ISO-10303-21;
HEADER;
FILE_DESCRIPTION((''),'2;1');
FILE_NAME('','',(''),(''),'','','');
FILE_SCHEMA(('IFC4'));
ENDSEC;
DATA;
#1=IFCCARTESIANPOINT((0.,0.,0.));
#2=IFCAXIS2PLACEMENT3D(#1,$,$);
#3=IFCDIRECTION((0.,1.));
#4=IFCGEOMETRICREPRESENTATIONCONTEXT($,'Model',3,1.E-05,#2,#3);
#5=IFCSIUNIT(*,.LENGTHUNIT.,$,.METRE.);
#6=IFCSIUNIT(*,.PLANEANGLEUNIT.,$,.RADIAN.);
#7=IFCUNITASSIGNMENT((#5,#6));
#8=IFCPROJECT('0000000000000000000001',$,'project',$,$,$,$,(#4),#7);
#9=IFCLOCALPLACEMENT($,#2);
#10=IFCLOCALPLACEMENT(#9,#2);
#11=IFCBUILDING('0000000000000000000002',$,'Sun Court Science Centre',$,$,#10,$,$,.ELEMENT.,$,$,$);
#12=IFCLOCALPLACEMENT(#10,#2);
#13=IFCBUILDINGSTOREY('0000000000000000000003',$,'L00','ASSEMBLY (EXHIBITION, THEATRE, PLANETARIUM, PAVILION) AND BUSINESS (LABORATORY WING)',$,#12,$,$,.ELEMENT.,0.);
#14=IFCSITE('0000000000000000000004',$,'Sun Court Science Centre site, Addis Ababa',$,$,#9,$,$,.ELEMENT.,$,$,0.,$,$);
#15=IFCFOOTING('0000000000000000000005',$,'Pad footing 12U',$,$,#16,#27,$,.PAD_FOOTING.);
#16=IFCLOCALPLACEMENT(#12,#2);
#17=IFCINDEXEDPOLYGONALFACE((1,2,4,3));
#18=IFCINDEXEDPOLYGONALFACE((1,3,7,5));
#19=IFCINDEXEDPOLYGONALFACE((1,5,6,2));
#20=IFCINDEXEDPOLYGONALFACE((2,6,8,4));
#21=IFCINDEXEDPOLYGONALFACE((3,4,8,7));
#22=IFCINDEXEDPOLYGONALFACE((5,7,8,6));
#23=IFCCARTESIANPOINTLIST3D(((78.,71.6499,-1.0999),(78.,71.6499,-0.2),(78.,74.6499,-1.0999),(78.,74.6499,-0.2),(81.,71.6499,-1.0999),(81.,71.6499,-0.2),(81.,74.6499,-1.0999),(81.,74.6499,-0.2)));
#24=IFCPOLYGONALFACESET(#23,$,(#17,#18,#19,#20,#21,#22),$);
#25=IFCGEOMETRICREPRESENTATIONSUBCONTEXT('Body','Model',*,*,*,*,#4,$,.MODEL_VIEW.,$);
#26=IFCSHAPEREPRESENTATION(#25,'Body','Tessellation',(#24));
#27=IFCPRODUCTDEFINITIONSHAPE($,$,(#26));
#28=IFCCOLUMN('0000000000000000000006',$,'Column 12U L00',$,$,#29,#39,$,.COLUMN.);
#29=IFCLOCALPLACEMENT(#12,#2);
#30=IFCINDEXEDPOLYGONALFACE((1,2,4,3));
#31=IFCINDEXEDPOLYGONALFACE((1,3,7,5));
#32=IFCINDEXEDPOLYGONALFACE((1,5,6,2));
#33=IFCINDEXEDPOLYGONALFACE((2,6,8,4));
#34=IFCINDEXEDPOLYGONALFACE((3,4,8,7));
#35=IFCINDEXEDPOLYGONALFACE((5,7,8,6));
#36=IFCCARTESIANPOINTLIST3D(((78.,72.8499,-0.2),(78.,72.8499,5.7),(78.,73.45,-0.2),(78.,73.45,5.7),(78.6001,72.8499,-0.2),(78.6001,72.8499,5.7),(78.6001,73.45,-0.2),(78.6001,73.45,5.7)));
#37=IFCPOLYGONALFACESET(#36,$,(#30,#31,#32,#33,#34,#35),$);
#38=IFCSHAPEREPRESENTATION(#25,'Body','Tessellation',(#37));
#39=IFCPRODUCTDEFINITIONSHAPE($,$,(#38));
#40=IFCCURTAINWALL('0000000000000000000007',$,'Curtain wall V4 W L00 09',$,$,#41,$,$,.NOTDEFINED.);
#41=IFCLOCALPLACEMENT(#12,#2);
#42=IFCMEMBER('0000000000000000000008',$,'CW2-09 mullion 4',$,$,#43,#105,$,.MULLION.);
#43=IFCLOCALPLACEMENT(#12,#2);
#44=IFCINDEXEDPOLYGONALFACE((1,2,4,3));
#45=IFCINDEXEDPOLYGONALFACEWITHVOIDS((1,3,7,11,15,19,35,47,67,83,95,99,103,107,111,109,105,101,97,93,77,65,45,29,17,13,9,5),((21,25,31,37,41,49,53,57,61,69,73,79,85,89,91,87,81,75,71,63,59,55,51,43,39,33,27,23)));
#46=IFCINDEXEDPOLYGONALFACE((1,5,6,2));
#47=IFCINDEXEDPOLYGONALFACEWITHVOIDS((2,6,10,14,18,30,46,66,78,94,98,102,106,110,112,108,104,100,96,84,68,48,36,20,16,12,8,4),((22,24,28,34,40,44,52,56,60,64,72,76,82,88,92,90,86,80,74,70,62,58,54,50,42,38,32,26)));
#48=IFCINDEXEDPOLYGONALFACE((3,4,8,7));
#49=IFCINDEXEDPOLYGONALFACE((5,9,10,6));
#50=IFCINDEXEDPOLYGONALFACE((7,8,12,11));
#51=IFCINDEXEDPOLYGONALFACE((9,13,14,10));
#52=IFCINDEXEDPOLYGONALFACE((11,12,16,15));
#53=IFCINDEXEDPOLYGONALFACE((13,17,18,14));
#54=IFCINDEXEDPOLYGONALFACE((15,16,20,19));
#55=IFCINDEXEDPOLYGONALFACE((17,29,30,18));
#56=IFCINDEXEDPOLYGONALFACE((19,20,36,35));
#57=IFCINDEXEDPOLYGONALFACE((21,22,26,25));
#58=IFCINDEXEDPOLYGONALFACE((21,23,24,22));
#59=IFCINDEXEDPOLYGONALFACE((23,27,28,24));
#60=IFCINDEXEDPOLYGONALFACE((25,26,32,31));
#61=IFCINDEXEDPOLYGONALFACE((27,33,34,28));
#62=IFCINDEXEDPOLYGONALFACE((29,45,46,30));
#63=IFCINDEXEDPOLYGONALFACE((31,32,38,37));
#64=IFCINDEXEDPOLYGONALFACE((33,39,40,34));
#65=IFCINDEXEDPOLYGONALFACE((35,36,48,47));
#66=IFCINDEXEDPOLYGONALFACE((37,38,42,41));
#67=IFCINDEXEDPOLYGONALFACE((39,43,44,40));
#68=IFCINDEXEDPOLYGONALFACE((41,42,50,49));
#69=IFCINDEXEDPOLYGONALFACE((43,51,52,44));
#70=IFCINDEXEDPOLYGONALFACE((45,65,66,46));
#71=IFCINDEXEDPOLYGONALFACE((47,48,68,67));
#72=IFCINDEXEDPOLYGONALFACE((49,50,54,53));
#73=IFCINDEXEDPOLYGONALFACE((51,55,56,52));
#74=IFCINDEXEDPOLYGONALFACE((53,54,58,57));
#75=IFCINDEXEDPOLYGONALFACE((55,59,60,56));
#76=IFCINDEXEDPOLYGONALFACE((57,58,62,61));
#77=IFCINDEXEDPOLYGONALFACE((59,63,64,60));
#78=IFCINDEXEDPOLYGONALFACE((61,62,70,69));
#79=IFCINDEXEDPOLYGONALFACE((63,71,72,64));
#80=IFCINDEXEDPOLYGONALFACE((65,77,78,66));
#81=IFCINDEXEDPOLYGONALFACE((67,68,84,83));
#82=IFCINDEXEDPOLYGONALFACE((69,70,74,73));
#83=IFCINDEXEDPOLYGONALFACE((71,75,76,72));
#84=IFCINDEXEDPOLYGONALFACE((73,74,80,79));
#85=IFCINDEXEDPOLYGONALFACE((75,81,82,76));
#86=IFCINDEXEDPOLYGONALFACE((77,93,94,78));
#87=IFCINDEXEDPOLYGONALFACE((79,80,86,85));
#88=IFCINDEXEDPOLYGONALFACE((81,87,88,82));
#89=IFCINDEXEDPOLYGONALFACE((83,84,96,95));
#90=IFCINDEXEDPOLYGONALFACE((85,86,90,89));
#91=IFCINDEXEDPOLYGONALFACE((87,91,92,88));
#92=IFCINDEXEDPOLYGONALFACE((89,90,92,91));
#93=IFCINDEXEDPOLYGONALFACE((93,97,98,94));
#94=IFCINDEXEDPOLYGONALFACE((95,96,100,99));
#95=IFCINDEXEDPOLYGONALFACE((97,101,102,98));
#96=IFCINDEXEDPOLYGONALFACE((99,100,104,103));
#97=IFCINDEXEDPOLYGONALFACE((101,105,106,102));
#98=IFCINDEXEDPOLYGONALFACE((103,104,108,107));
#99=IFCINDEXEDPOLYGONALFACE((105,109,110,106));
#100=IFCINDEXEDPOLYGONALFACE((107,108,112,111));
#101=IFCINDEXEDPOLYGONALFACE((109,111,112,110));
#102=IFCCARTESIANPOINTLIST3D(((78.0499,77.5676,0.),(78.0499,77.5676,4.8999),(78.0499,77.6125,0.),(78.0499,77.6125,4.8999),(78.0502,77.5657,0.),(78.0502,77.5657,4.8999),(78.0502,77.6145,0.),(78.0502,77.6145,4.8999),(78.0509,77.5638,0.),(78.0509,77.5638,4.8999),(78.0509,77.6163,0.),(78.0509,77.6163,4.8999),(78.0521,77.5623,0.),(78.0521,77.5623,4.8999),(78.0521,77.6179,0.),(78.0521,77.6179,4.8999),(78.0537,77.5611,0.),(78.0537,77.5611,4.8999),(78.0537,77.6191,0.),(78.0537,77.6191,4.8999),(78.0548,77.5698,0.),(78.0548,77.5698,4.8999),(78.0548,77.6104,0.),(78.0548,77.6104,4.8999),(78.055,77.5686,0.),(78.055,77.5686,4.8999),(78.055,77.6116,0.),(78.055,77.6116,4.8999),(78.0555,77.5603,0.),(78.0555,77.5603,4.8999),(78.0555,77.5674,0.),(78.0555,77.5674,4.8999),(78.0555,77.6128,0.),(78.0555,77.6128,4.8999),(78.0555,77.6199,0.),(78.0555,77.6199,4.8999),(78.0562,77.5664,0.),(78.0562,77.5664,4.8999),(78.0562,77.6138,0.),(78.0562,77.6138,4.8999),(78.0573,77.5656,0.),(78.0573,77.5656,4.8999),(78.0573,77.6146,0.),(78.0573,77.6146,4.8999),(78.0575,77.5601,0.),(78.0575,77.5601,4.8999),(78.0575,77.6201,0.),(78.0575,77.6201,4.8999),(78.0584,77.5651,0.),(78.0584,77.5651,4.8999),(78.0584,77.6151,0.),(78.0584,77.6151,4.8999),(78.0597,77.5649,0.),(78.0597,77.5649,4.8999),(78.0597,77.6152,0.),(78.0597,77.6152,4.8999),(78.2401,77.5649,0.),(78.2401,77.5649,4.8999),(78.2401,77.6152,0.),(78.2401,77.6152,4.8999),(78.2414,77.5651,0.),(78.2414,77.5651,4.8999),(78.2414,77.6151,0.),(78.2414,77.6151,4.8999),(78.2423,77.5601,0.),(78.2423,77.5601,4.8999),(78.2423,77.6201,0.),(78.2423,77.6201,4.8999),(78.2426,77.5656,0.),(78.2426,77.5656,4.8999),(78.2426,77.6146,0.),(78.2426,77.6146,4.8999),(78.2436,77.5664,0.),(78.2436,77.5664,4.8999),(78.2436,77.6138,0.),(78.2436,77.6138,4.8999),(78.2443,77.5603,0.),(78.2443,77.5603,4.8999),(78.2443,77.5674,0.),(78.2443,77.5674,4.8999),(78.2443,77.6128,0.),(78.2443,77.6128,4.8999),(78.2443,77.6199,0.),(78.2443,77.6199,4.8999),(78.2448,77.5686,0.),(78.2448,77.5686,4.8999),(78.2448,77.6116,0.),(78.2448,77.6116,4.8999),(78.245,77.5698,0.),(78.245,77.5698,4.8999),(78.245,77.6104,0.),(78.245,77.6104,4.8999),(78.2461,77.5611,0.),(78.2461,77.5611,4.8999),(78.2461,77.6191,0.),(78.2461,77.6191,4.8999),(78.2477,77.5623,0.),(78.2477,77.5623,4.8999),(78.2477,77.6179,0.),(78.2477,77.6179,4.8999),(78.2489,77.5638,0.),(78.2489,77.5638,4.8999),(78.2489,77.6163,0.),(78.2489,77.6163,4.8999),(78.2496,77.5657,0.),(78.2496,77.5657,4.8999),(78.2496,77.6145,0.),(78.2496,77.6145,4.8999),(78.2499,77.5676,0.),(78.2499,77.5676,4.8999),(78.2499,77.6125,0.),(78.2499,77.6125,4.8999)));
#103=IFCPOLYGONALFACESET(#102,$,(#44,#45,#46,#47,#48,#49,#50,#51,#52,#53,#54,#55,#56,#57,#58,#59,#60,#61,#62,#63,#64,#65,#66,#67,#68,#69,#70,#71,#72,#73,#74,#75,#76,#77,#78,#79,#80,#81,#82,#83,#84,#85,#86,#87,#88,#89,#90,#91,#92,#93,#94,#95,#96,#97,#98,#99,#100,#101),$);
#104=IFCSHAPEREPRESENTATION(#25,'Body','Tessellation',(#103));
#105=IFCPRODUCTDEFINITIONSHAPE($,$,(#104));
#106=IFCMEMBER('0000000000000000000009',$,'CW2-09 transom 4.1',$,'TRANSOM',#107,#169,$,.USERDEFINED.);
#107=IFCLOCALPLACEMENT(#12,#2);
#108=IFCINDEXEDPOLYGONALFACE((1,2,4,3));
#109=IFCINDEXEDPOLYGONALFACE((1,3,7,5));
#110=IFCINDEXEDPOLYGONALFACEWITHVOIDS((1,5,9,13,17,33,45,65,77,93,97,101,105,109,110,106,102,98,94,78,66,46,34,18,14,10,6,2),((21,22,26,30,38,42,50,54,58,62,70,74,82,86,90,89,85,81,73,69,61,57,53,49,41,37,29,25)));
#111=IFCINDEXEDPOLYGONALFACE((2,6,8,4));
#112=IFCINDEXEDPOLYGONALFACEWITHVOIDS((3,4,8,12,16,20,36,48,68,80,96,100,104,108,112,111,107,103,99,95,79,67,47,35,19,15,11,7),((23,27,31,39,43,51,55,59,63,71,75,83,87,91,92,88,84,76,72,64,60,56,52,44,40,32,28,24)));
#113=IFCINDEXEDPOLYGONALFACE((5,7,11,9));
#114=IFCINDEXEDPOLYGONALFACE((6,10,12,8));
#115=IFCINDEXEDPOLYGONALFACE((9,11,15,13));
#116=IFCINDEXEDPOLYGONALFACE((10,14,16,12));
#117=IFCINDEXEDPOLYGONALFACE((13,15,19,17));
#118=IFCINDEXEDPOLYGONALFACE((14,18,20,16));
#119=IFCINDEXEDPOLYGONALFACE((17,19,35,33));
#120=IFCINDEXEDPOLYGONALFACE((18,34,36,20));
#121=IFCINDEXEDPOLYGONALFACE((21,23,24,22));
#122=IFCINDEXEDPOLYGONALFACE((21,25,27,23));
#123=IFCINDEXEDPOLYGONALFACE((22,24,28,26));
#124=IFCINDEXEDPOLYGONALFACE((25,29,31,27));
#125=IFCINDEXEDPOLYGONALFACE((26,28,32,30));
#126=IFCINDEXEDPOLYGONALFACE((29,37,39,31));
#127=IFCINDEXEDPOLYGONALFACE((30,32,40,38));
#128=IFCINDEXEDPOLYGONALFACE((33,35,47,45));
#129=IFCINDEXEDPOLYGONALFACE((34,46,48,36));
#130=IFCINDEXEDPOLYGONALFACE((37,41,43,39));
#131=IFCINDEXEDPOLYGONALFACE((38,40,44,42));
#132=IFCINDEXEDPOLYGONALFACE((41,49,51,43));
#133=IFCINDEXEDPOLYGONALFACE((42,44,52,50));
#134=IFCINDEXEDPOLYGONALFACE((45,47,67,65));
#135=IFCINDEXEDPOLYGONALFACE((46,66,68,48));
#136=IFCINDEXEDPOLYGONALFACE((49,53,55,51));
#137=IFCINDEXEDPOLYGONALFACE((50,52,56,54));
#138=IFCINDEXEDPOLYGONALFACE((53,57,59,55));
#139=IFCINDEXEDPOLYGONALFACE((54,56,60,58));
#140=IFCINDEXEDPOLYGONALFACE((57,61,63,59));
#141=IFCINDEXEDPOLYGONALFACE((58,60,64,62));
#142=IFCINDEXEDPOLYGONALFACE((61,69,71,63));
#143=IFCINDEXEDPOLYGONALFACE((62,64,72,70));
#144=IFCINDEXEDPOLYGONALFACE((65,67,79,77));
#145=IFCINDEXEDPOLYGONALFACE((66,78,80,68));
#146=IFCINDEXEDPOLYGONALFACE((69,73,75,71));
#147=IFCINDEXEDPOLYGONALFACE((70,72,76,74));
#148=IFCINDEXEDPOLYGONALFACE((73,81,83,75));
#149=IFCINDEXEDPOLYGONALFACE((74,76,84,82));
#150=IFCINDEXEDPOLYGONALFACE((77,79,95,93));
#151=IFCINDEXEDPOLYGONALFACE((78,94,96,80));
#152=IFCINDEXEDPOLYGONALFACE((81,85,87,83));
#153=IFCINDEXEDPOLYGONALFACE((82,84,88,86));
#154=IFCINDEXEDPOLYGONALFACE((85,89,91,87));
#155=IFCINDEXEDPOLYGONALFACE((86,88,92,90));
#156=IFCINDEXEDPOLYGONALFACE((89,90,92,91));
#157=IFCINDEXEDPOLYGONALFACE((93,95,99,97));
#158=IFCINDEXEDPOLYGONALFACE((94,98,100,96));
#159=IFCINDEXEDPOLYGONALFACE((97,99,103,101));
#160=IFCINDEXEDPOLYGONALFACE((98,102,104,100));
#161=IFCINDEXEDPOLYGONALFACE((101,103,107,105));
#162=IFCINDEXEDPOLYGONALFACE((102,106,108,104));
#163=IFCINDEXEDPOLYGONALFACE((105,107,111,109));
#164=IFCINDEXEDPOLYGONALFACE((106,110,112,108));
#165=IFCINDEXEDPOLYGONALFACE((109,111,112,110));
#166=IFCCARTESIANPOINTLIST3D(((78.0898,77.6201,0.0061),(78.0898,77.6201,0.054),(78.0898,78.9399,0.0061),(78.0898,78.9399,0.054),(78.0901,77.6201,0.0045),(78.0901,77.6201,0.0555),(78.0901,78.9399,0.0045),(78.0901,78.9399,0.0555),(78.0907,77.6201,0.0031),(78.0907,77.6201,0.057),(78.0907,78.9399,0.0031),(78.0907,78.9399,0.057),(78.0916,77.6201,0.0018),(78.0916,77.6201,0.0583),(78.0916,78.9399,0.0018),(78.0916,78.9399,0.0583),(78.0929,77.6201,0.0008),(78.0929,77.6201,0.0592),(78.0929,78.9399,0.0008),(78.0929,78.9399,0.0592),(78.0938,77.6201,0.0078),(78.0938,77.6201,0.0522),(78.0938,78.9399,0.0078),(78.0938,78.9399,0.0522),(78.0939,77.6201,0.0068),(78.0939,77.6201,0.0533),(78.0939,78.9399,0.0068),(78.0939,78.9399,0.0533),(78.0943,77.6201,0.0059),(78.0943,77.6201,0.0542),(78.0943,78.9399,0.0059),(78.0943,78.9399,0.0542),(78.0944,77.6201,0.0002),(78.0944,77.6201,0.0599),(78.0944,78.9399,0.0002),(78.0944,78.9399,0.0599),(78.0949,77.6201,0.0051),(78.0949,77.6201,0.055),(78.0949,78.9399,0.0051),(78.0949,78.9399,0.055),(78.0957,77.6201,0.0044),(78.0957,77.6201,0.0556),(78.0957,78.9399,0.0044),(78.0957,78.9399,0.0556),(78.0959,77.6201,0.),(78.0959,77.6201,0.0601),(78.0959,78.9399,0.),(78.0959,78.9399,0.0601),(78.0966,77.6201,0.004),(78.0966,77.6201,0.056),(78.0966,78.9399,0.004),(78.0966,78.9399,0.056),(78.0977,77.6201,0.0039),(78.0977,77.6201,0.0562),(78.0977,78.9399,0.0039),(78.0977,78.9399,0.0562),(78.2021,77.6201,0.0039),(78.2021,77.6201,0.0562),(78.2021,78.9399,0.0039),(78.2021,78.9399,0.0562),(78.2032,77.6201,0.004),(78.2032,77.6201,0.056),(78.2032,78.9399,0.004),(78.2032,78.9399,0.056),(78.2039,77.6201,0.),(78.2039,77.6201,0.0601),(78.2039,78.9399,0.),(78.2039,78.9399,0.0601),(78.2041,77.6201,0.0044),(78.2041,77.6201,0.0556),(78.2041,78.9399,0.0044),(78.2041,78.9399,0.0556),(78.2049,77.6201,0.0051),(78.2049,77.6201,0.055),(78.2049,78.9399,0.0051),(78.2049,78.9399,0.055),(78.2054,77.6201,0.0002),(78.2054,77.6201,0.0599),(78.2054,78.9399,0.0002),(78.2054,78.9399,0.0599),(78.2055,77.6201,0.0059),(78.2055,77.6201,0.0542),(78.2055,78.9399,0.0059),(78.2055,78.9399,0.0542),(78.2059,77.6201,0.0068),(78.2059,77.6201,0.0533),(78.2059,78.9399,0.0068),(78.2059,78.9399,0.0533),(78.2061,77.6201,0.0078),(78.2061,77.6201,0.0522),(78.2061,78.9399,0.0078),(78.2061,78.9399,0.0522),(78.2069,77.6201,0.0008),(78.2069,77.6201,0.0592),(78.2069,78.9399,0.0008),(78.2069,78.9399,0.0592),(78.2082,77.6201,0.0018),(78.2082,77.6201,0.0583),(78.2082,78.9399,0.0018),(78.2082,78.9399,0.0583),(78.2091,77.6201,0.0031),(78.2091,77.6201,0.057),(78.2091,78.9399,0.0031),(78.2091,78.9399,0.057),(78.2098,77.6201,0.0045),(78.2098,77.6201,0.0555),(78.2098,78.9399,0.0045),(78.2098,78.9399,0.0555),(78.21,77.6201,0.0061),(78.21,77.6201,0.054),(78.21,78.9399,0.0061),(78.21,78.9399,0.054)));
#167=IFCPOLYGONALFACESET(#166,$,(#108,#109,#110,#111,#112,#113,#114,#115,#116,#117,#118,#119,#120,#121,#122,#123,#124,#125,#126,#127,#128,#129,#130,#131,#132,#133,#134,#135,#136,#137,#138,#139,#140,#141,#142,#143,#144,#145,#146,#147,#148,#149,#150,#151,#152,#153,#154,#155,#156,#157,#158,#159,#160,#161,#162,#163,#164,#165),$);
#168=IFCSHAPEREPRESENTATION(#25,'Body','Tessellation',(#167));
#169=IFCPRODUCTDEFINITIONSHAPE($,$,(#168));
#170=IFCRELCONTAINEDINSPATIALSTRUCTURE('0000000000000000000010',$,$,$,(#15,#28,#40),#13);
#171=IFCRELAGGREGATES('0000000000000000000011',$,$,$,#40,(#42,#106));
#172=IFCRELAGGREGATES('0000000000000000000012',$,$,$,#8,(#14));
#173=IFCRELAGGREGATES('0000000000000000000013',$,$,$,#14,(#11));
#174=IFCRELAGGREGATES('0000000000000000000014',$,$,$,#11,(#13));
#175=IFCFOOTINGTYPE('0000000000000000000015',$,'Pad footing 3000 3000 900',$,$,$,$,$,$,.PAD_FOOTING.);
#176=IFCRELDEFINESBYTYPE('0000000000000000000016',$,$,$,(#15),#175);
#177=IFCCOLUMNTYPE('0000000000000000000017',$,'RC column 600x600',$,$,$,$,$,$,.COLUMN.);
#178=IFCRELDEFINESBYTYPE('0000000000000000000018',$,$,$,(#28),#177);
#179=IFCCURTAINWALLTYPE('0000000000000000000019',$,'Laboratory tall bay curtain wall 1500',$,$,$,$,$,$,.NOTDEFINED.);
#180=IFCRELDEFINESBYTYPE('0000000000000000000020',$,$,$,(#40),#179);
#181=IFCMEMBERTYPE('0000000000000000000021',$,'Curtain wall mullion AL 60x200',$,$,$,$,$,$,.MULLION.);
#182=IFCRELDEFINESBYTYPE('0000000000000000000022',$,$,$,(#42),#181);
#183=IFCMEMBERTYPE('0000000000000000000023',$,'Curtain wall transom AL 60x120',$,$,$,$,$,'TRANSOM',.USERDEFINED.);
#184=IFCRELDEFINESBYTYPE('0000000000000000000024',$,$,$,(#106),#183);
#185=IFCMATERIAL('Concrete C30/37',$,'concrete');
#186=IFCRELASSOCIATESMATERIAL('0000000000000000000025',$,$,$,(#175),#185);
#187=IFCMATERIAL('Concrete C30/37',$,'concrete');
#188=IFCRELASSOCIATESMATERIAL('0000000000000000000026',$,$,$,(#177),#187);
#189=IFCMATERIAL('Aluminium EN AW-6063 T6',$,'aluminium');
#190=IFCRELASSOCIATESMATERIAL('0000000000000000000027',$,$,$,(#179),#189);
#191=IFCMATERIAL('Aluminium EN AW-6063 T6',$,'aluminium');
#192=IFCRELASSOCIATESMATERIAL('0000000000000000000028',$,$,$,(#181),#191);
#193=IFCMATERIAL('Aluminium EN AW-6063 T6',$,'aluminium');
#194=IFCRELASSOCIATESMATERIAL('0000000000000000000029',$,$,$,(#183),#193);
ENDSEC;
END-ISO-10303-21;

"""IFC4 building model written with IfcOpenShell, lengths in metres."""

from ifc_helpers import new_model, si_unit, direction, frame, origin, origin_2d, place, context, subcontext, project, spatial, rectangle, hollow_rectangle, extrude, material, material_profile, profile_set, type_object, element, aggregate, save


model = new_model("IFC4")

# Units and contexts
model_context = context("Model", 3, precision=1e-05, world=origin(), true_north=direction((0.0, 1.0)))
body_context = subcontext(model_context, "Body", "Model", "MODEL_VIEW")
ifc_project = project(units=[si_unit("LENGTHUNIT", "METRE"), si_unit("PLANEANGLEUNIT", "RADIAN")], contexts=[model_context])

# Site, building, storey
site_placement = place(None, origin())
site = spatial("IfcSite", under=ifc_project, at=site_placement, Name="Sun Court Science Centre site, Addis Ababa", CompositionType="ELEMENT", RefElevation=0.0)
building_placement = place(site_placement, origin())
building = spatial("IfcBuilding", under=site, at=building_placement, Name="Sun Court Science Centre", CompositionType="ELEMENT")
storey_placement = place(building_placement, origin())
storey = spatial("IfcBuildingStorey", under=building, at=storey_placement, Name="L00", Description="ASSEMBLY (EXHIBITION, THEATRE, PLANETARIUM, PAVILION) AND BUSINESS (LABORATORY WING)", CompositionType="ELEMENT", Elevation=0.0)

# Footing
ifc_material_1 = material(Name="Concrete C30/37", Category="concrete")
footing_type = type_object("IfcFootingType", Name="Pad footing 3000 3000 900", PredefinedType="PAD_FOOTING", material=ifc_material_1)
footing_placement = place(storey_placement, frame((79.5, 73.1499, -1.0999), z_axis=(0.0, 0.0, 1.0), x_axis=(1.0, 0.0, 0.0)))
element("IfcFooting", 1, at=footing_placement, inside=storey, type_object=footing_type, Name="Pad footing 12U", PredefinedType="PAD_FOOTING", context=body_context, shape_type="SweptSolid", body=[
    extrude(rectangle(XDim=3.0, YDim=3.0, at=origin_2d()), origin(), (0.0, 0.0, 1.0), 0.8999),
])

# Column
ifc_material_2 = material(Name="Concrete C30/37", Category="concrete")
ifc_material_profile_1 = material_profile(ifc_material_2, rectangle(XDim=0.6001, YDim=0.6001, at=origin_2d()), Name="RC 600x600")
ifc_profile_set_1 = profile_set([ifc_material_profile_1], Name="Concrete C30/37")
column_type = type_object("IfcColumnType", Name="RC column 600x600", PredefinedType="COLUMN", material=ifc_profile_set_1)
column_placement = place(storey_placement, frame((78.3, 73.1499, -0.2), z_axis=(0.0, 0.0, 1.0), x_axis=(1.0, 0.0, 0.0)))
element("IfcColumn", 2, at=column_placement, inside=storey, type_object=column_type, Name="Column 12U L00", PredefinedType="COLUMN", context=body_context, shape_type="SweptSolid", body=[
    extrude(rectangle(XDim=0.6001, YDim=0.6001, at=origin_2d()), origin(), (0.0, 0.0, 1.0), 5.8999),
])

# Curtain wall, members
ifc_material_3 = material(Name="Aluminium EN AW-6063 T6", Category="aluminium")
curtain_wall_type = type_object("IfcCurtainWallType", Name="Laboratory tall bay curtain wall 1500", PredefinedType="NOTDEFINED", material=ifc_material_3)
curtain_wall_placement = place(storey_placement, origin())
curtain_wall = element("IfcCurtainWall", 3, at=curtain_wall_placement, inside=storey, type_object=curtain_wall_type, Name="Curtain wall V4 W L00 09", PredefinedType="NOTDEFINED")
ifc_material_4 = material(Name="Aluminium EN AW-6063 T6", Category="aluminium")
ifc_material_profile_2 = material_profile(ifc_material_4, hollow_rectangle(XDim=0.0601, YDim=0.2, WallThickness=0.0049, InnerFilletRadius=0.0049, OuterFilletRadius=0.0076, at=origin_2d()), Name="AL 60x200x5")
ifc_profile_set_2 = profile_set([ifc_material_profile_2], Name="Aluminium EN AW-6063 T6")
member_type_1 = type_object("IfcMemberType", Name="Curtain wall mullion AL 60x200", PredefinedType="MULLION", material=ifc_profile_set_2)
member_1_placement = place(storey_placement, frame((78.1499, 77.5901, 0.0), z_axis=(0.0, 0.0, 1.0), x_axis=(0.0, 1.0, 0.0)))
member_1 = element("IfcMember", 4, at=member_1_placement, type_object=member_type_1, Name="CW2-09 mullion 4", PredefinedType="MULLION", context=body_context, shape_type="SweptSolid", body=[
    extrude(hollow_rectangle(XDim=0.0601, YDim=0.2, WallThickness=0.0049, InnerFilletRadius=0.0049, OuterFilletRadius=0.0076, at=origin_2d()), origin(), (0.0, 0.0, 1.0), 4.8999),
])
ifc_material_5 = material(Name="Aluminium EN AW-6063 T6", Category="aluminium")
ifc_material_profile_3 = material_profile(ifc_material_5, hollow_rectangle(XDim=0.0601, YDim=0.1201, WallThickness=0.0039, InnerFilletRadius=0.0039, OuterFilletRadius=0.0061, at=origin_2d()), Name="AL 60x120x4")
ifc_profile_set_3 = profile_set([ifc_material_profile_3], Name="Aluminium EN AW-6063 T6")
member_type_2 = type_object("IfcMemberType", Name="Curtain wall transom AL 60x120", ElementType="TRANSOM", PredefinedType="USERDEFINED", material=ifc_profile_set_3)
member_2_placement = place(storey_placement, frame((78.1499, 77.6201, 0.03), z_axis=(0.0, 1.0, 0.0), x_axis=(0.0, 0.0, 1.0)))
member_2 = element("IfcMember", 5, at=member_2_placement, type_object=member_type_2, Name="CW2-09 transom 4.1", ObjectType="TRANSOM", PredefinedType="USERDEFINED", context=body_context, shape_type="SweptSolid", body=[
    extrude(hollow_rectangle(XDim=0.0601, YDim=0.1201, WallThickness=0.0039, InnerFilletRadius=0.0039, OuterFilletRadius=0.0061, at=origin_2d()), origin(), (0.0, 0.0, 1.0), 1.3198),
])

aggregate(curtain_wall, [member_1, member_2])

save(model, "model.ifc")
